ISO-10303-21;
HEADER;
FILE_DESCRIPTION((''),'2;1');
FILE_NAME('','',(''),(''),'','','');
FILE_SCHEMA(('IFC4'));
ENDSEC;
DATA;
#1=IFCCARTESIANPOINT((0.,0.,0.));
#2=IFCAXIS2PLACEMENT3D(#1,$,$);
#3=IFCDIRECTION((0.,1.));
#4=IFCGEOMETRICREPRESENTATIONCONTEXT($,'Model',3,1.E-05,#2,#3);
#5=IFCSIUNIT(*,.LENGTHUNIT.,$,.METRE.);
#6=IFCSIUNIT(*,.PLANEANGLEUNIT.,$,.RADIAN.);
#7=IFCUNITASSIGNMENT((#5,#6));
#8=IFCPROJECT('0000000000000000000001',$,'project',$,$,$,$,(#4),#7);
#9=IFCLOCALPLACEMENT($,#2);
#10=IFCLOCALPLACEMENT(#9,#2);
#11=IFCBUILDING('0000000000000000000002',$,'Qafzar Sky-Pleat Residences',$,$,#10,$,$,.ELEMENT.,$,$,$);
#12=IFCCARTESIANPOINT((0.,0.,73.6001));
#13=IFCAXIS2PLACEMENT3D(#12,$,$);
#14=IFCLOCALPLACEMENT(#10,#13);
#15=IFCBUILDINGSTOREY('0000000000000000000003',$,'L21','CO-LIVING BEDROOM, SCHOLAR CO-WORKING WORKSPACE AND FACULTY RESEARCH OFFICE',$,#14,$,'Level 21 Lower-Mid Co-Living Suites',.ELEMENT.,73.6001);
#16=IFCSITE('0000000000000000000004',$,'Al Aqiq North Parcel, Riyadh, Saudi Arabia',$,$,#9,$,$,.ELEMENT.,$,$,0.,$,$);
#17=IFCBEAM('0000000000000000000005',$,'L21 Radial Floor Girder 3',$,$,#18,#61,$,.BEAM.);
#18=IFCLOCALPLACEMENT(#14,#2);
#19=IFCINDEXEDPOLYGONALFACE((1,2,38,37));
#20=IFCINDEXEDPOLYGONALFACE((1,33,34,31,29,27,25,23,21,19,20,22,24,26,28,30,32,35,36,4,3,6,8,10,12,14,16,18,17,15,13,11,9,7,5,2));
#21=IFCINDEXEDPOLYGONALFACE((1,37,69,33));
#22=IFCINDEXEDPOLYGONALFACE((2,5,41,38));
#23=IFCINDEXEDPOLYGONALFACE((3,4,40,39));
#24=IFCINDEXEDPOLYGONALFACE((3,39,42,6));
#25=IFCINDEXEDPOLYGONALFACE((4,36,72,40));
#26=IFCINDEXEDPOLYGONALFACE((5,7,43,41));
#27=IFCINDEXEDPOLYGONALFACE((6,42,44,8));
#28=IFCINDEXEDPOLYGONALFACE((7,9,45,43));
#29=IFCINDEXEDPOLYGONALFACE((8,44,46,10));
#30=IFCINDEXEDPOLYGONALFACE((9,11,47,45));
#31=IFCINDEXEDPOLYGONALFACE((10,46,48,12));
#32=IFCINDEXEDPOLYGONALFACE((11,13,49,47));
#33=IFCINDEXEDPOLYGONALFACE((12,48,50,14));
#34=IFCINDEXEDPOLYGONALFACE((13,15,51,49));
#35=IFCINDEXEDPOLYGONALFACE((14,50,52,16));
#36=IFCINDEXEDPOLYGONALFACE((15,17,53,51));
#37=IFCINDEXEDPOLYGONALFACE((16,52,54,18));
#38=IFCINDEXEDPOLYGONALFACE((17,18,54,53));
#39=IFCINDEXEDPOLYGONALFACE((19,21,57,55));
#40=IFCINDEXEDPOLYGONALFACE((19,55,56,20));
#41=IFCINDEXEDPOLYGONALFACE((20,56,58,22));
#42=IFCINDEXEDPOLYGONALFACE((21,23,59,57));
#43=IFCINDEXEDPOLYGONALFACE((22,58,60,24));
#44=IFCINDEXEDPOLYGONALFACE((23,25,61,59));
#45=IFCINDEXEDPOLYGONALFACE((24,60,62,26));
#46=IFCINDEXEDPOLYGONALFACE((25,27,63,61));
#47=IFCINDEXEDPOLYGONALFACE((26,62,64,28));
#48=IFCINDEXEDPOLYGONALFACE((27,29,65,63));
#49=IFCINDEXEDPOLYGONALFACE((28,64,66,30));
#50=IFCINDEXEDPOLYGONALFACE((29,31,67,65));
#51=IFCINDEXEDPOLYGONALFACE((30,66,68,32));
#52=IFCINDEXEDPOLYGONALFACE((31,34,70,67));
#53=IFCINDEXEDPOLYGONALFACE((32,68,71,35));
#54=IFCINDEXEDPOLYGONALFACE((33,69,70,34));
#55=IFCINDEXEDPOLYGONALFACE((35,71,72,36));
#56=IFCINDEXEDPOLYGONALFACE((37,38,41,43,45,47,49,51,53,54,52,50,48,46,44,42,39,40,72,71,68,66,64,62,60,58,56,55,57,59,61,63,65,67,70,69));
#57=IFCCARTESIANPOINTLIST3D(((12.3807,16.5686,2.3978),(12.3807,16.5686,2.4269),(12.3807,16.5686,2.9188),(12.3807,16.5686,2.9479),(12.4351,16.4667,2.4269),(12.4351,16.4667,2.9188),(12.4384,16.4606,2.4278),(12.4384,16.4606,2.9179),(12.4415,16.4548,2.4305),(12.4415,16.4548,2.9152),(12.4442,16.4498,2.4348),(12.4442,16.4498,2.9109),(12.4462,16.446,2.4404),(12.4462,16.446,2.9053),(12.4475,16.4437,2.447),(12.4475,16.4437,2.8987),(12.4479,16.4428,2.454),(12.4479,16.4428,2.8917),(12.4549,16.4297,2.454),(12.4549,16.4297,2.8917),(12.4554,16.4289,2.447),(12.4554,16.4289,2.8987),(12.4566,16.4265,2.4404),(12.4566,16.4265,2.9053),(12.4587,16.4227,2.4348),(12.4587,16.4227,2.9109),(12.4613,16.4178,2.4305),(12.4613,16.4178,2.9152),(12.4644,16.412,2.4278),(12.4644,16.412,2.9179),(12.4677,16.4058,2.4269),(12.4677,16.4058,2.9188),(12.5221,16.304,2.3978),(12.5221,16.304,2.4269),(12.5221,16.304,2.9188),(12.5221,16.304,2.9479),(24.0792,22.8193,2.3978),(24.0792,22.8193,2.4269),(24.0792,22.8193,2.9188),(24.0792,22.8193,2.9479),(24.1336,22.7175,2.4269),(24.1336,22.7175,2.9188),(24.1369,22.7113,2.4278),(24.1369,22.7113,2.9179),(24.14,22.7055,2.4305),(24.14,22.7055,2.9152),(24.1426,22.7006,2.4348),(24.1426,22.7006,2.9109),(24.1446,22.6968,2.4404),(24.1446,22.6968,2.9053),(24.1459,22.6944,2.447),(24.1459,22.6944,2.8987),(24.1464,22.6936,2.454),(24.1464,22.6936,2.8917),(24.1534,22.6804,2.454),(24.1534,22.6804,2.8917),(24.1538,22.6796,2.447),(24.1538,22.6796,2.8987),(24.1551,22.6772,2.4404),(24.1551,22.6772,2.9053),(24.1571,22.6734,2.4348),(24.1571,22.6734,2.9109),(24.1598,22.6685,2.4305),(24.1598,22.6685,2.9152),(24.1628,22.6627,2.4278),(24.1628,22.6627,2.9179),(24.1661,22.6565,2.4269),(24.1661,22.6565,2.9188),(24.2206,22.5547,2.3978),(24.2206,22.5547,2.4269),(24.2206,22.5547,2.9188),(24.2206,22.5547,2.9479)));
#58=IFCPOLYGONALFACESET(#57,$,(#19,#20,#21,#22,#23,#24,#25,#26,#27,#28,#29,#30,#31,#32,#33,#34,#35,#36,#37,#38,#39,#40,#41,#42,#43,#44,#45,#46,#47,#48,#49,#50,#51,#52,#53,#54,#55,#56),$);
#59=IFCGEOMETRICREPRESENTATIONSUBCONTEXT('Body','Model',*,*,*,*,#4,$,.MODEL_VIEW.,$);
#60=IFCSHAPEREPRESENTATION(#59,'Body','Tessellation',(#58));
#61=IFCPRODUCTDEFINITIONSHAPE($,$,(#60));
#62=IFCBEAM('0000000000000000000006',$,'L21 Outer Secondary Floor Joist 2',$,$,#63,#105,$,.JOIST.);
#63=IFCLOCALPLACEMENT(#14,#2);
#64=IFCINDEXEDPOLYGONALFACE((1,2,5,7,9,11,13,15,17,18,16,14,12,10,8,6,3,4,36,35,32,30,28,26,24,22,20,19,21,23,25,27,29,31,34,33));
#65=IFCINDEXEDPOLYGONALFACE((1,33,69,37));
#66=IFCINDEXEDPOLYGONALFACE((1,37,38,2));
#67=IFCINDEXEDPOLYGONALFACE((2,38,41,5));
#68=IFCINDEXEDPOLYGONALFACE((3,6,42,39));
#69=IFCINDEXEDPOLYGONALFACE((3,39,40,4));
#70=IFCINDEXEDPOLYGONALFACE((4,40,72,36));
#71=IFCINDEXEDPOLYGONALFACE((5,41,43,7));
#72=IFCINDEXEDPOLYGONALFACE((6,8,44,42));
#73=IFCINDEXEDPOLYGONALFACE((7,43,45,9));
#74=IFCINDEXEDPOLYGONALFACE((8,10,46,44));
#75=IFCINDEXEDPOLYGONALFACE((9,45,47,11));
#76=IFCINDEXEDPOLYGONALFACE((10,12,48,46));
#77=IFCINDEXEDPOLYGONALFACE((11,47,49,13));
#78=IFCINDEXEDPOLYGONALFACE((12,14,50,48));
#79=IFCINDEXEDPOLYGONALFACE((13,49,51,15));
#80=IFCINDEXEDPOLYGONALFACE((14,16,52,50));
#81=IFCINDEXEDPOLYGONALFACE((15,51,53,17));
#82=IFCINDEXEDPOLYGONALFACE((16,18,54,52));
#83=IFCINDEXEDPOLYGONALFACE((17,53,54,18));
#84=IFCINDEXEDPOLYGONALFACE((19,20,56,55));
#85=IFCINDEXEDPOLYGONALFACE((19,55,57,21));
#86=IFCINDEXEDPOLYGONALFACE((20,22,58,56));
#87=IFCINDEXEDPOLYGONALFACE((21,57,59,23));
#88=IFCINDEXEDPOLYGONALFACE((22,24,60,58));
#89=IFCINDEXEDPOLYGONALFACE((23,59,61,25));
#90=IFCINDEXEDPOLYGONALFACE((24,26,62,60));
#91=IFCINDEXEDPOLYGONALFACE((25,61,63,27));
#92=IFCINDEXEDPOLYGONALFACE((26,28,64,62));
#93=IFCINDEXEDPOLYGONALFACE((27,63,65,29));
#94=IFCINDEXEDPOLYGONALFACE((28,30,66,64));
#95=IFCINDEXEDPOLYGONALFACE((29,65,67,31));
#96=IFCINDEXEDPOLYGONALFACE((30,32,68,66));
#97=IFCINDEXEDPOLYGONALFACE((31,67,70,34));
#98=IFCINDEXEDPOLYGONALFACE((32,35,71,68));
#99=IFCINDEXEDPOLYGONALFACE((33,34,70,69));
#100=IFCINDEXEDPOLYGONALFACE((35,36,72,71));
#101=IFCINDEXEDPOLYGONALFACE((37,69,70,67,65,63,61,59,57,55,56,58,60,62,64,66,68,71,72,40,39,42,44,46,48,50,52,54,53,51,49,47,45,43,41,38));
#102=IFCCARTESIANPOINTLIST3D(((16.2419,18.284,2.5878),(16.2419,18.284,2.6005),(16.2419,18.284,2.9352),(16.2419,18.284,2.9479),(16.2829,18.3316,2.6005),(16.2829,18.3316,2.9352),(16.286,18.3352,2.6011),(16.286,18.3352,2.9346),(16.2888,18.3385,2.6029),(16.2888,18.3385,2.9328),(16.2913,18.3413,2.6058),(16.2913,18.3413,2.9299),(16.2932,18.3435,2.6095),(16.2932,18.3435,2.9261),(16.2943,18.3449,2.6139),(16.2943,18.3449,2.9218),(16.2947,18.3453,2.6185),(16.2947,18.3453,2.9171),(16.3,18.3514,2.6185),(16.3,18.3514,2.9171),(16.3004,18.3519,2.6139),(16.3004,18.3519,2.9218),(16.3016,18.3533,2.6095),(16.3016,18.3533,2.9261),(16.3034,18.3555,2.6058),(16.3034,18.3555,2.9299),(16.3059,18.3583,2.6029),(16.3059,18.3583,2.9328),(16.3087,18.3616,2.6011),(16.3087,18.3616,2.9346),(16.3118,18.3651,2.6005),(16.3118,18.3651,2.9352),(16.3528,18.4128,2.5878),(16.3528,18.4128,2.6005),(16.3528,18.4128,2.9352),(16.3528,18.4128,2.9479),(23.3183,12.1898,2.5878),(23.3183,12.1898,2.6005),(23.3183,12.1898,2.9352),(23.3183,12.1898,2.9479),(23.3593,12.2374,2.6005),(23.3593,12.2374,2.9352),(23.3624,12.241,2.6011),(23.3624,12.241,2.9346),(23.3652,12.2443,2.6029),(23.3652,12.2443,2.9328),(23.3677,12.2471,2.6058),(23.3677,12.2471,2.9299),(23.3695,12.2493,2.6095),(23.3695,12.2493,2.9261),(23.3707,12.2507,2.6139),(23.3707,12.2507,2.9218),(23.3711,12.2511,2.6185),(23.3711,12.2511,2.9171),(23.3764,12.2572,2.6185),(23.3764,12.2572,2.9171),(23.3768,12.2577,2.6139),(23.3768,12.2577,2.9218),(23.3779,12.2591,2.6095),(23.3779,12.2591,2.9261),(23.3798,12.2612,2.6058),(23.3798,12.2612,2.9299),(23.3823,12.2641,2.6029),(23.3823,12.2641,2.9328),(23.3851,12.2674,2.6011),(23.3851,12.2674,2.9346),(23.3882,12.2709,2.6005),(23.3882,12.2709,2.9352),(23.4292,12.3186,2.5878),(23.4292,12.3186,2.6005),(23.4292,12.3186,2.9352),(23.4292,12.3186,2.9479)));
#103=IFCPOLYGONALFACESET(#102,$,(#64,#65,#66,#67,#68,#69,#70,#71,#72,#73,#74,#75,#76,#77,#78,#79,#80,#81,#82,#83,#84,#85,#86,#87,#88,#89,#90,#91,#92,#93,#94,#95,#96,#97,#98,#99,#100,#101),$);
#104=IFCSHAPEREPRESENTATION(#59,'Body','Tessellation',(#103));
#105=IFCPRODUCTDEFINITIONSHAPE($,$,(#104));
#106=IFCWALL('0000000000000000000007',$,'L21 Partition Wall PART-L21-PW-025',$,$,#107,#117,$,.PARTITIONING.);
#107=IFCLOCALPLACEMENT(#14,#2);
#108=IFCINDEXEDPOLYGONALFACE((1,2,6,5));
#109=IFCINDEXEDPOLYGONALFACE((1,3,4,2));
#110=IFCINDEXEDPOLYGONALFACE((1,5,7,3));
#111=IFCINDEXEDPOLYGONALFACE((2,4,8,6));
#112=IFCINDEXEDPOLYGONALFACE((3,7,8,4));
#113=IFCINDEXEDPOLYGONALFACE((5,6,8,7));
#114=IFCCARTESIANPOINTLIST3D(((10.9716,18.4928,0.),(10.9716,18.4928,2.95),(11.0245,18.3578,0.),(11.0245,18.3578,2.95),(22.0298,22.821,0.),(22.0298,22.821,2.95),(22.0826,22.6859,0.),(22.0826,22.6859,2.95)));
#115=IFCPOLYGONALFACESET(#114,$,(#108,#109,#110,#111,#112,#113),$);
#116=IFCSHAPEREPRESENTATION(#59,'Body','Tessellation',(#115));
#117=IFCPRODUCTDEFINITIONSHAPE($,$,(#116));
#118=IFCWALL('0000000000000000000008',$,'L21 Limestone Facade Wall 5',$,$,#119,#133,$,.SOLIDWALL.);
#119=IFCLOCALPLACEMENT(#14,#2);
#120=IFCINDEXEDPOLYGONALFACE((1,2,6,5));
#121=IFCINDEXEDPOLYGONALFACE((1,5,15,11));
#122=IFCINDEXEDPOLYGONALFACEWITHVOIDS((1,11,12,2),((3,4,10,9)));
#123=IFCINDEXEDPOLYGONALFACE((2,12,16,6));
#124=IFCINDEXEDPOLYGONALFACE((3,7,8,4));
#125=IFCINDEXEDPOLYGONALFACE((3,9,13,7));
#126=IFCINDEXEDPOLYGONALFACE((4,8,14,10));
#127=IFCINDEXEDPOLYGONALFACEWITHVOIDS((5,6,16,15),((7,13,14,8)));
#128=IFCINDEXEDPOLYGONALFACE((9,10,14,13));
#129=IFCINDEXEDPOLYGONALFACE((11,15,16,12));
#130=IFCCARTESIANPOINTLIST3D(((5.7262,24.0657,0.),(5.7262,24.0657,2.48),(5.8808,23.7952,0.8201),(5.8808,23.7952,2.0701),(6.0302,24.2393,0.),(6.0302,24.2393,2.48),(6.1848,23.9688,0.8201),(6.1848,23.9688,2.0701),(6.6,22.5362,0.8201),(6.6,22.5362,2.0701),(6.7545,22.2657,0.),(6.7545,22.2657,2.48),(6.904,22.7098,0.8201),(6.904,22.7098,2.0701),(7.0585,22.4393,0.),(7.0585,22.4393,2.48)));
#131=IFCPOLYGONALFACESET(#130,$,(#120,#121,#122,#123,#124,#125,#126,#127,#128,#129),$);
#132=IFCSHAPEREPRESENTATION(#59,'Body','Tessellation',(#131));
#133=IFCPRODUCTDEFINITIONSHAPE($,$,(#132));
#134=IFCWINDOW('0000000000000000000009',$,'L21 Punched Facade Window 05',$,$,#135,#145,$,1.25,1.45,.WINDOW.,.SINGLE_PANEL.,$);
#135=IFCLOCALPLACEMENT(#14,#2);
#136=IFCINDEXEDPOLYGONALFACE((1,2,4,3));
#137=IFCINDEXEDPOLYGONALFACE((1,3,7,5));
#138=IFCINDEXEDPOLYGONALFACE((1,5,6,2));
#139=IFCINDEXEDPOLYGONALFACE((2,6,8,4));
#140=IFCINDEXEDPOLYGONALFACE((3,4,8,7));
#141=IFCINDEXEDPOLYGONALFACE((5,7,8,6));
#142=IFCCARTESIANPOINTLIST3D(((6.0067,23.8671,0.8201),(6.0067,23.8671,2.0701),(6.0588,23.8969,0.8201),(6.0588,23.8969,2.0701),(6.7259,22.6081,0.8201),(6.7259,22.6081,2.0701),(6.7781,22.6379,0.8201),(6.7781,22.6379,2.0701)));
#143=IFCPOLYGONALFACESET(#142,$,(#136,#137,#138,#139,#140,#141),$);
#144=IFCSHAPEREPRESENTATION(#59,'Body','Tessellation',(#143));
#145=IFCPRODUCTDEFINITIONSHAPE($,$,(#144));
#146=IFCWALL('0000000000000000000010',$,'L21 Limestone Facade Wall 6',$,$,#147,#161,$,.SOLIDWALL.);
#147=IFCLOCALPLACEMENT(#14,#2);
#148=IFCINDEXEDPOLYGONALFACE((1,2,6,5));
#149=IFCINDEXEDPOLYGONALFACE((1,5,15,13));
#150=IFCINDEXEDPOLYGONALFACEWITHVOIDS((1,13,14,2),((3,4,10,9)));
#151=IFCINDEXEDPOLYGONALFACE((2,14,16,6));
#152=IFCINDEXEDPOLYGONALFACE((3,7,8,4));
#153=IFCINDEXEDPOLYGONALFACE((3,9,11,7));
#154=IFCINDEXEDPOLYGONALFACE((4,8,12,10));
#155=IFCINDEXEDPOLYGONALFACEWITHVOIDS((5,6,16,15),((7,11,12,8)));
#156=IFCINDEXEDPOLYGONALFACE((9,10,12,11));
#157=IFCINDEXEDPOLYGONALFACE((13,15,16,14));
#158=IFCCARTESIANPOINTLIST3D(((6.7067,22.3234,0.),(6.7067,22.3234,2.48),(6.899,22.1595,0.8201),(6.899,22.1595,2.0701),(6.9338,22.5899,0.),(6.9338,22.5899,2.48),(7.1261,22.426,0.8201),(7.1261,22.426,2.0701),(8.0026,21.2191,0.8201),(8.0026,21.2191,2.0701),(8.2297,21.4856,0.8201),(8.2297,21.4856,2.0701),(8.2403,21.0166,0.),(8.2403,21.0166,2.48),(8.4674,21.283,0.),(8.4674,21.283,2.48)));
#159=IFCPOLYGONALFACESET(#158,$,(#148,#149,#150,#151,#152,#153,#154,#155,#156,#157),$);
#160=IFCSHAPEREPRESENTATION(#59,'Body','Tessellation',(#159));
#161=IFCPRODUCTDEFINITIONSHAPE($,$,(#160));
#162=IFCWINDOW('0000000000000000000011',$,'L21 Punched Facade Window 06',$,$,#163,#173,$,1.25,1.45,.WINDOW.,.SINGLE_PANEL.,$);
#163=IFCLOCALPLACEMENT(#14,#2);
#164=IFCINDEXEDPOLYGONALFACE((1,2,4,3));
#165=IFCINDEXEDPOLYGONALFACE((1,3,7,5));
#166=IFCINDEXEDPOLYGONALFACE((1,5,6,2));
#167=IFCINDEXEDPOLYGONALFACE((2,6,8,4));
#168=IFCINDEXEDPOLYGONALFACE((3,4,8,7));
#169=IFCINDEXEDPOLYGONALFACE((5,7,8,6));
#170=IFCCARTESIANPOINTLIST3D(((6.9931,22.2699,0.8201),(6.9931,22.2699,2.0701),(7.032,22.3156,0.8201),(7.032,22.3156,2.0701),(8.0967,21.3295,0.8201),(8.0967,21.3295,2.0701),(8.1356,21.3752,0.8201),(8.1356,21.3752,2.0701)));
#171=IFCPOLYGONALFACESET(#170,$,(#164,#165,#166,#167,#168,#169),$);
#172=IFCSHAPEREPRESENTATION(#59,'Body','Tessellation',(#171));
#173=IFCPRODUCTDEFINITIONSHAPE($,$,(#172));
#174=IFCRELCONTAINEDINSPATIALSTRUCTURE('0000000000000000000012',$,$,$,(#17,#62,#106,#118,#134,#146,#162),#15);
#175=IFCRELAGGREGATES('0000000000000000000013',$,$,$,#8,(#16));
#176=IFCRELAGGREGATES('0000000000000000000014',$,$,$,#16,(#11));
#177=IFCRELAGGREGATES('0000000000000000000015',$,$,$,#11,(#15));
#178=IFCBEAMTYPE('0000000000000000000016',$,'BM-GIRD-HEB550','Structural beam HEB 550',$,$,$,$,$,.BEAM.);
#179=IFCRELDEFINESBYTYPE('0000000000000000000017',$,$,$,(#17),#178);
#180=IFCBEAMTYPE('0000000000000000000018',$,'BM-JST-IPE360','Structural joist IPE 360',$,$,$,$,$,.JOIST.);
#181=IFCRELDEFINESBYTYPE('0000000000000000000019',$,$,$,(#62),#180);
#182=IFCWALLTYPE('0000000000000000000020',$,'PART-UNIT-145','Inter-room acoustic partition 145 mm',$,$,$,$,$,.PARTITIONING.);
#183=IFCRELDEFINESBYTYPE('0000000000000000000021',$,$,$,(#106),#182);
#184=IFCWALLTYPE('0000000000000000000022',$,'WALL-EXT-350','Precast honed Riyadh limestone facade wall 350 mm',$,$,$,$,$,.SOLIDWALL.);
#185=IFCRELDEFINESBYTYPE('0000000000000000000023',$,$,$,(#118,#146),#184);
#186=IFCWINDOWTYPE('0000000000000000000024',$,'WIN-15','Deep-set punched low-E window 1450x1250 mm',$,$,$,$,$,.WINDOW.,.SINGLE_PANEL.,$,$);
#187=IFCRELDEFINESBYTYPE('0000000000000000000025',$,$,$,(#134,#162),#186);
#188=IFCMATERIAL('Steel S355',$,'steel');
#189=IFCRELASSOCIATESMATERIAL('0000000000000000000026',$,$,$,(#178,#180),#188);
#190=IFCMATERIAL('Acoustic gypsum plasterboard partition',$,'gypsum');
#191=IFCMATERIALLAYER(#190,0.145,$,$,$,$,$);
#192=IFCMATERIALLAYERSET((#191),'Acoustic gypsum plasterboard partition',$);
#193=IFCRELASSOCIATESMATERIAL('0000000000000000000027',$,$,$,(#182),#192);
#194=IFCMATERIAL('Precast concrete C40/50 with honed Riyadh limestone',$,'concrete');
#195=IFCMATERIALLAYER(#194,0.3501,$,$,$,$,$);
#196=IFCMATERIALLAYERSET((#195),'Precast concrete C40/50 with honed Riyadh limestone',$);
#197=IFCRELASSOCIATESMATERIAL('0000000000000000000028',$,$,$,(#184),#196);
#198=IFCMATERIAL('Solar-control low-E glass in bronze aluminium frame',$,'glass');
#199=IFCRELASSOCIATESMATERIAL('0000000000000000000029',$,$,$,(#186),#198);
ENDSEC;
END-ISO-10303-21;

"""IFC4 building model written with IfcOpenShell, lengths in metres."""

from ifc_helpers import new_model, si_unit, direction, frame, frame_2d, origin, origin_2d, place, context, subcontext, project, spatial, rectangle, i_section, extrude, source, transform, mapped, material, layer, layer_set, material_profile, profile_set, type_object, element, fill, save


model = new_model("IFC4")

# Units and contexts
model_context = context("Model", 3, precision=1e-05, world=origin(), true_north=direction((0.0, 1.0)))
body_context = subcontext(model_context, "Body", "Model", "MODEL_VIEW")
ifc_project = project(units=[si_unit("LENGTHUNIT", "METRE"), si_unit("PLANEANGLEUNIT", "RADIAN")], contexts=[model_context])

# Site, building, storey
site_placement = place(None, origin())
site = spatial("IfcSite", under=ifc_project, at=site_placement, Name="Al Aqiq North Parcel, Riyadh, Saudi Arabia", CompositionType="ELEMENT", RefElevation=0.0)
building_placement = place(site_placement, origin())
building = spatial("IfcBuilding", under=site, at=building_placement, Name="Qafzar Sky-Pleat Residences", CompositionType="ELEMENT")
storey_placement = place(building_placement, frame((0.0, 0.0, 73.6001)))
storey = spatial("IfcBuildingStorey", under=building, at=storey_placement, Name="L21", Description="CO-LIVING BEDROOM, SCHOLAR CO-WORKING WORKSPACE AND FACULTY RESEARCH OFFICE", LongName="Level 21 Lower-Mid Co-Living Suites", CompositionType="ELEMENT", Elevation=73.6001)

# Beams
ifc_material_1 = material(Name="Steel S355", Category="steel")
ifc_material_profile_1 = material_profile(ifc_material_1, i_section(OverallWidth=0.3, OverallDepth=0.55, WebThickness=0.0149, FlangeThickness=0.0291, FilletRadius=0.0271, at=origin_2d()), Name="HEB 550")
ifc_profile_set_1 = profile_set([ifc_material_profile_1], Name="Steel S355")
beam_type_1 = type_object("IfcBeamType", Name="BM-GIRD-HEB550", Description="Structural beam HEB 550", PredefinedType="BEAM", material=ifc_profile_set_1)
shared_shape_1 = source(origin(), body_context, "Body", "SweptSolid", [
    extrude(i_section(OverallWidth=0.3, OverallDepth=0.55, WebThickness=0.0149, FlangeThickness=0.0291, FilletRadius=0.0271, at=origin_2d()), origin(), (0.0, 0.0, 1.0), 13.2637),
])
beam_1_placement = place(storey_placement, frame((12.4514, 16.4363, 2.6729), z_axis=(0.881991, 0.471265, 0.0), x_axis=(-0.471265, 0.881991, 0.0)))
element("IfcBeam", 1, at=beam_1_placement, inside=storey, type_object=beam_type_1, Name="L21 Radial Floor Girder 3", PredefinedType="BEAM", context=body_context, shape_type="MappedRepresentation", body=[
    mapped(shared_shape_1, transform((0.0, 0.0, 0.0), x_axis=(1.0, 0.0, 0.0), y_axis=(0.0, 1.0, 0.0), z_axis=(0.0, 0.0, 1.0), scale=1.0)),
])
ifc_material_profile_2 = material_profile(ifc_material_1, i_section(OverallWidth=0.1699, OverallDepth=0.3601, WebThickness=0.0081, FlangeThickness=0.0127, FilletRadius=0.0181, at=origin_2d()), Name="IPE 360")
ifc_profile_set_2 = profile_set([ifc_material_profile_2], Name="Steel S355")
beam_type_2 = type_object("IfcBeamType", Name="BM-JST-IPE360", Description="Structural joist IPE 360", PredefinedType="JOIST", material=ifc_profile_set_2)
shared_shape_2 = source(origin(), body_context, "Body", "SweptSolid", [
    extrude(i_section(OverallWidth=0.1699, OverallDepth=0.3601, WebThickness=0.0081, FlangeThickness=0.0127, FilletRadius=0.0181, at=origin_2d()), origin(), (0.0, 0.0, 1.0), 9.3389),
])
beam_2_placement = place(storey_placement, frame((16.2974, 18.3484, 2.7678), z_axis=(0.757734, -0.652564, 0.0), x_axis=(0.652564, 0.757734, 0.0)))
element("IfcBeam", 2, at=beam_2_placement, inside=storey, type_object=beam_type_2, Name="L21 Outer Secondary Floor Joist 2", PredefinedType="JOIST", context=body_context, shape_type="MappedRepresentation", body=[
    mapped(shared_shape_2, transform((0.0, 0.0, 0.0), x_axis=(1.0, 0.0, 0.0), y_axis=(0.0, 1.0, 0.0), z_axis=(0.0, 0.0, 1.0), scale=1.0)),
])

# Wall
ifc_material_2 = material(Name="Acoustic gypsum plasterboard partition", Category="gypsum")
ifc_layer_1 = layer(ifc_material_2, 0.145)
ifc_layer_set_1 = layer_set([ifc_layer_1], Name="Acoustic gypsum plasterboard partition")
wall_type_1 = type_object("IfcWallType", Name="PART-UNIT-145", Description="Inter-room acoustic partition 145 mm", PredefinedType="PARTITIONING", material=ifc_layer_set_1)
wall_1_placement = place(storey_placement, frame((10.998, 18.4253, 0.0), z_axis=(0.0, 0.0, 1.0), x_axis=(0.931213, 0.364475, 0.0)))
element("IfcWall", 3, at=wall_1_placement, inside=storey, type_object=wall_type_1, Name="L21 Partition Wall PART-L21-PW-025", PredefinedType="PARTITIONING", context=body_context, shape_type="SweptSolid", body=[
    extrude(rectangle(XDim=11.875, YDim=0.145, at=frame_2d((5.9375, 0.0))), origin(), (0.0, 0.0, 1.0), 2.95),
])

# Walls, openings, windows
ifc_material_3 = material(Name="Precast concrete C40/50 with honed Riyadh limestone", Category="concrete")
ifc_layer_2 = layer(ifc_material_3, 0.3501)
ifc_layer_set_2 = layer_set([ifc_layer_2], Name="Precast concrete C40/50 with honed Riyadh limestone")
wall_type_2 = type_object("IfcWallType", Name="WALL-EXT-350", Description="Precast honed Riyadh limestone facade wall 350 mm", PredefinedType="SOLIDWALL", material=ifc_layer_set_2)
wall_2_placement = place(storey_placement, frame((5.8782, 24.1526, 0.0), z_axis=(0.0, 0.0, 1.0), x_axis=(0.496037, -0.868301, 0.0)))
wall_2 = element("IfcWall", 4, at=wall_2_placement, inside=storey, type_object=wall_type_2, Name="L21 Limestone Facade Wall 5", PredefinedType="SOLIDWALL", context=body_context, shape_type="SweptSolid", body=[
    extrude(rectangle(XDim=2.073, YDim=0.3501, at=frame_2d((1.0366, 0.0))), origin(), (0.0, 0.0, 1.0), 2.48),
])
opening_1_placement = place(wall_2_placement, frame((0.3115, 0.0, 0.8201)))
opening_1 = element("IfcOpeningElement", 5, at=opening_1_placement, cuts=wall_2, PredefinedType="OPENING", context=body_context, shape_type="SweptSolid", body=[
    extrude(rectangle(XDim=1.45, YDim=1.25, at=frame_2d((0.7251, 0.625))), frame((0.0, 0.1851, 0.0), z_axis=(0.0, -1.0, 0.0), x_axis=(1.0, 0.0, 0.0)), (0.0, 0.0, 1.0), 0.3701),
])
ifc_material_4 = material(Name="Solar-control low-E glass in bronze aluminium frame", Category="glass")
window_type_1 = type_object("IfcWindowType", Name="WIN-15", Description="Deep-set punched low-E window 1450x1250 mm", PartitioningType="SINGLE_PANEL", PredefinedType="WINDOW", material=ifc_material_4)
shared_shape_3 = source(origin(), body_context, "Body", "SweptSolid", [
    extrude(rectangle(XDim=1.45, YDim=1.25, at=frame_2d((0.7251, 0.625))), frame((0.0, 0.03, 0.0), z_axis=(0.0, -1.0, 0.0), x_axis=(1.0, 0.0, 0.0)), (0.0, 0.0, 1.0), 0.0601),
])
window_1_placement = place(opening_1_placement, origin())
window_1 = element("IfcWindow", 6, at=window_1_placement, inside=storey, type_object=window_type_1, Name="L21 Punched Facade Window 05", OverallHeight=1.25, OverallWidth=1.45, PartitioningType="SINGLE_PANEL", PredefinedType="WINDOW", context=body_context, shape_type="MappedRepresentation", body=[
    mapped(shared_shape_3, transform((0.0, 0.0, 0.0), x_axis=(1.0, 0.0, 0.0), y_axis=(0.0, 1.0, 0.0), z_axis=(0.0, 0.0, 1.0), scale=1.0)),
])
fill(opening_1, window_1)
wall_3_placement = place(storey_placement, frame((6.8203, 22.4565, 0.0), z_axis=(0.0, 0.0, 1.0), x_axis=(0.761144, -0.648583, 0.0)))
wall_3 = element("IfcWall", 7, at=wall_3_placement, inside=storey, type_object=wall_type_2, Name="L21 Limestone Facade Wall 6", PredefinedType="SOLIDWALL", context=body_context, shape_type="SweptSolid", body=[
    extrude(rectangle(XDim=2.0149, YDim=0.3501, at=frame_2d((1.0073, 0.0))), origin(), (0.0, 0.0, 1.0), 2.48),
])
opening_2_placement = place(wall_3_placement, frame((0.2524, 0.0, 0.8201)))
opening_2 = element("IfcOpeningElement", 8, at=opening_2_placement, cuts=wall_3, PredefinedType="OPENING", context=body_context, shape_type="SweptSolid", body=[
    extrude(rectangle(XDim=1.45, YDim=1.25, at=frame_2d((0.7251, 0.625))), frame((0.0, 0.1851, 0.0), z_axis=(0.0, -1.0, 0.0), x_axis=(1.0, 0.0, 0.0)), (0.0, 0.0, 1.0), 0.3701),
])
window_2_placement = place(opening_2_placement, origin())
window_2 = element("IfcWindow", 9, at=window_2_placement, inside=storey, type_object=window_type_1, Name="L21 Punched Facade Window 06", OverallHeight=1.25, OverallWidth=1.45, PartitioningType="SINGLE_PANEL", PredefinedType="WINDOW", context=body_context, shape_type="MappedRepresentation", body=[
    mapped(shared_shape_3, transform((0.0, 0.0, 0.0), x_axis=(1.0, 0.0, 0.0), y_axis=(0.0, 1.0, 0.0), z_axis=(0.0, 0.0, 1.0), scale=1.0)),
])
fill(opening_2, window_2)

save(model, "model.ifc")
